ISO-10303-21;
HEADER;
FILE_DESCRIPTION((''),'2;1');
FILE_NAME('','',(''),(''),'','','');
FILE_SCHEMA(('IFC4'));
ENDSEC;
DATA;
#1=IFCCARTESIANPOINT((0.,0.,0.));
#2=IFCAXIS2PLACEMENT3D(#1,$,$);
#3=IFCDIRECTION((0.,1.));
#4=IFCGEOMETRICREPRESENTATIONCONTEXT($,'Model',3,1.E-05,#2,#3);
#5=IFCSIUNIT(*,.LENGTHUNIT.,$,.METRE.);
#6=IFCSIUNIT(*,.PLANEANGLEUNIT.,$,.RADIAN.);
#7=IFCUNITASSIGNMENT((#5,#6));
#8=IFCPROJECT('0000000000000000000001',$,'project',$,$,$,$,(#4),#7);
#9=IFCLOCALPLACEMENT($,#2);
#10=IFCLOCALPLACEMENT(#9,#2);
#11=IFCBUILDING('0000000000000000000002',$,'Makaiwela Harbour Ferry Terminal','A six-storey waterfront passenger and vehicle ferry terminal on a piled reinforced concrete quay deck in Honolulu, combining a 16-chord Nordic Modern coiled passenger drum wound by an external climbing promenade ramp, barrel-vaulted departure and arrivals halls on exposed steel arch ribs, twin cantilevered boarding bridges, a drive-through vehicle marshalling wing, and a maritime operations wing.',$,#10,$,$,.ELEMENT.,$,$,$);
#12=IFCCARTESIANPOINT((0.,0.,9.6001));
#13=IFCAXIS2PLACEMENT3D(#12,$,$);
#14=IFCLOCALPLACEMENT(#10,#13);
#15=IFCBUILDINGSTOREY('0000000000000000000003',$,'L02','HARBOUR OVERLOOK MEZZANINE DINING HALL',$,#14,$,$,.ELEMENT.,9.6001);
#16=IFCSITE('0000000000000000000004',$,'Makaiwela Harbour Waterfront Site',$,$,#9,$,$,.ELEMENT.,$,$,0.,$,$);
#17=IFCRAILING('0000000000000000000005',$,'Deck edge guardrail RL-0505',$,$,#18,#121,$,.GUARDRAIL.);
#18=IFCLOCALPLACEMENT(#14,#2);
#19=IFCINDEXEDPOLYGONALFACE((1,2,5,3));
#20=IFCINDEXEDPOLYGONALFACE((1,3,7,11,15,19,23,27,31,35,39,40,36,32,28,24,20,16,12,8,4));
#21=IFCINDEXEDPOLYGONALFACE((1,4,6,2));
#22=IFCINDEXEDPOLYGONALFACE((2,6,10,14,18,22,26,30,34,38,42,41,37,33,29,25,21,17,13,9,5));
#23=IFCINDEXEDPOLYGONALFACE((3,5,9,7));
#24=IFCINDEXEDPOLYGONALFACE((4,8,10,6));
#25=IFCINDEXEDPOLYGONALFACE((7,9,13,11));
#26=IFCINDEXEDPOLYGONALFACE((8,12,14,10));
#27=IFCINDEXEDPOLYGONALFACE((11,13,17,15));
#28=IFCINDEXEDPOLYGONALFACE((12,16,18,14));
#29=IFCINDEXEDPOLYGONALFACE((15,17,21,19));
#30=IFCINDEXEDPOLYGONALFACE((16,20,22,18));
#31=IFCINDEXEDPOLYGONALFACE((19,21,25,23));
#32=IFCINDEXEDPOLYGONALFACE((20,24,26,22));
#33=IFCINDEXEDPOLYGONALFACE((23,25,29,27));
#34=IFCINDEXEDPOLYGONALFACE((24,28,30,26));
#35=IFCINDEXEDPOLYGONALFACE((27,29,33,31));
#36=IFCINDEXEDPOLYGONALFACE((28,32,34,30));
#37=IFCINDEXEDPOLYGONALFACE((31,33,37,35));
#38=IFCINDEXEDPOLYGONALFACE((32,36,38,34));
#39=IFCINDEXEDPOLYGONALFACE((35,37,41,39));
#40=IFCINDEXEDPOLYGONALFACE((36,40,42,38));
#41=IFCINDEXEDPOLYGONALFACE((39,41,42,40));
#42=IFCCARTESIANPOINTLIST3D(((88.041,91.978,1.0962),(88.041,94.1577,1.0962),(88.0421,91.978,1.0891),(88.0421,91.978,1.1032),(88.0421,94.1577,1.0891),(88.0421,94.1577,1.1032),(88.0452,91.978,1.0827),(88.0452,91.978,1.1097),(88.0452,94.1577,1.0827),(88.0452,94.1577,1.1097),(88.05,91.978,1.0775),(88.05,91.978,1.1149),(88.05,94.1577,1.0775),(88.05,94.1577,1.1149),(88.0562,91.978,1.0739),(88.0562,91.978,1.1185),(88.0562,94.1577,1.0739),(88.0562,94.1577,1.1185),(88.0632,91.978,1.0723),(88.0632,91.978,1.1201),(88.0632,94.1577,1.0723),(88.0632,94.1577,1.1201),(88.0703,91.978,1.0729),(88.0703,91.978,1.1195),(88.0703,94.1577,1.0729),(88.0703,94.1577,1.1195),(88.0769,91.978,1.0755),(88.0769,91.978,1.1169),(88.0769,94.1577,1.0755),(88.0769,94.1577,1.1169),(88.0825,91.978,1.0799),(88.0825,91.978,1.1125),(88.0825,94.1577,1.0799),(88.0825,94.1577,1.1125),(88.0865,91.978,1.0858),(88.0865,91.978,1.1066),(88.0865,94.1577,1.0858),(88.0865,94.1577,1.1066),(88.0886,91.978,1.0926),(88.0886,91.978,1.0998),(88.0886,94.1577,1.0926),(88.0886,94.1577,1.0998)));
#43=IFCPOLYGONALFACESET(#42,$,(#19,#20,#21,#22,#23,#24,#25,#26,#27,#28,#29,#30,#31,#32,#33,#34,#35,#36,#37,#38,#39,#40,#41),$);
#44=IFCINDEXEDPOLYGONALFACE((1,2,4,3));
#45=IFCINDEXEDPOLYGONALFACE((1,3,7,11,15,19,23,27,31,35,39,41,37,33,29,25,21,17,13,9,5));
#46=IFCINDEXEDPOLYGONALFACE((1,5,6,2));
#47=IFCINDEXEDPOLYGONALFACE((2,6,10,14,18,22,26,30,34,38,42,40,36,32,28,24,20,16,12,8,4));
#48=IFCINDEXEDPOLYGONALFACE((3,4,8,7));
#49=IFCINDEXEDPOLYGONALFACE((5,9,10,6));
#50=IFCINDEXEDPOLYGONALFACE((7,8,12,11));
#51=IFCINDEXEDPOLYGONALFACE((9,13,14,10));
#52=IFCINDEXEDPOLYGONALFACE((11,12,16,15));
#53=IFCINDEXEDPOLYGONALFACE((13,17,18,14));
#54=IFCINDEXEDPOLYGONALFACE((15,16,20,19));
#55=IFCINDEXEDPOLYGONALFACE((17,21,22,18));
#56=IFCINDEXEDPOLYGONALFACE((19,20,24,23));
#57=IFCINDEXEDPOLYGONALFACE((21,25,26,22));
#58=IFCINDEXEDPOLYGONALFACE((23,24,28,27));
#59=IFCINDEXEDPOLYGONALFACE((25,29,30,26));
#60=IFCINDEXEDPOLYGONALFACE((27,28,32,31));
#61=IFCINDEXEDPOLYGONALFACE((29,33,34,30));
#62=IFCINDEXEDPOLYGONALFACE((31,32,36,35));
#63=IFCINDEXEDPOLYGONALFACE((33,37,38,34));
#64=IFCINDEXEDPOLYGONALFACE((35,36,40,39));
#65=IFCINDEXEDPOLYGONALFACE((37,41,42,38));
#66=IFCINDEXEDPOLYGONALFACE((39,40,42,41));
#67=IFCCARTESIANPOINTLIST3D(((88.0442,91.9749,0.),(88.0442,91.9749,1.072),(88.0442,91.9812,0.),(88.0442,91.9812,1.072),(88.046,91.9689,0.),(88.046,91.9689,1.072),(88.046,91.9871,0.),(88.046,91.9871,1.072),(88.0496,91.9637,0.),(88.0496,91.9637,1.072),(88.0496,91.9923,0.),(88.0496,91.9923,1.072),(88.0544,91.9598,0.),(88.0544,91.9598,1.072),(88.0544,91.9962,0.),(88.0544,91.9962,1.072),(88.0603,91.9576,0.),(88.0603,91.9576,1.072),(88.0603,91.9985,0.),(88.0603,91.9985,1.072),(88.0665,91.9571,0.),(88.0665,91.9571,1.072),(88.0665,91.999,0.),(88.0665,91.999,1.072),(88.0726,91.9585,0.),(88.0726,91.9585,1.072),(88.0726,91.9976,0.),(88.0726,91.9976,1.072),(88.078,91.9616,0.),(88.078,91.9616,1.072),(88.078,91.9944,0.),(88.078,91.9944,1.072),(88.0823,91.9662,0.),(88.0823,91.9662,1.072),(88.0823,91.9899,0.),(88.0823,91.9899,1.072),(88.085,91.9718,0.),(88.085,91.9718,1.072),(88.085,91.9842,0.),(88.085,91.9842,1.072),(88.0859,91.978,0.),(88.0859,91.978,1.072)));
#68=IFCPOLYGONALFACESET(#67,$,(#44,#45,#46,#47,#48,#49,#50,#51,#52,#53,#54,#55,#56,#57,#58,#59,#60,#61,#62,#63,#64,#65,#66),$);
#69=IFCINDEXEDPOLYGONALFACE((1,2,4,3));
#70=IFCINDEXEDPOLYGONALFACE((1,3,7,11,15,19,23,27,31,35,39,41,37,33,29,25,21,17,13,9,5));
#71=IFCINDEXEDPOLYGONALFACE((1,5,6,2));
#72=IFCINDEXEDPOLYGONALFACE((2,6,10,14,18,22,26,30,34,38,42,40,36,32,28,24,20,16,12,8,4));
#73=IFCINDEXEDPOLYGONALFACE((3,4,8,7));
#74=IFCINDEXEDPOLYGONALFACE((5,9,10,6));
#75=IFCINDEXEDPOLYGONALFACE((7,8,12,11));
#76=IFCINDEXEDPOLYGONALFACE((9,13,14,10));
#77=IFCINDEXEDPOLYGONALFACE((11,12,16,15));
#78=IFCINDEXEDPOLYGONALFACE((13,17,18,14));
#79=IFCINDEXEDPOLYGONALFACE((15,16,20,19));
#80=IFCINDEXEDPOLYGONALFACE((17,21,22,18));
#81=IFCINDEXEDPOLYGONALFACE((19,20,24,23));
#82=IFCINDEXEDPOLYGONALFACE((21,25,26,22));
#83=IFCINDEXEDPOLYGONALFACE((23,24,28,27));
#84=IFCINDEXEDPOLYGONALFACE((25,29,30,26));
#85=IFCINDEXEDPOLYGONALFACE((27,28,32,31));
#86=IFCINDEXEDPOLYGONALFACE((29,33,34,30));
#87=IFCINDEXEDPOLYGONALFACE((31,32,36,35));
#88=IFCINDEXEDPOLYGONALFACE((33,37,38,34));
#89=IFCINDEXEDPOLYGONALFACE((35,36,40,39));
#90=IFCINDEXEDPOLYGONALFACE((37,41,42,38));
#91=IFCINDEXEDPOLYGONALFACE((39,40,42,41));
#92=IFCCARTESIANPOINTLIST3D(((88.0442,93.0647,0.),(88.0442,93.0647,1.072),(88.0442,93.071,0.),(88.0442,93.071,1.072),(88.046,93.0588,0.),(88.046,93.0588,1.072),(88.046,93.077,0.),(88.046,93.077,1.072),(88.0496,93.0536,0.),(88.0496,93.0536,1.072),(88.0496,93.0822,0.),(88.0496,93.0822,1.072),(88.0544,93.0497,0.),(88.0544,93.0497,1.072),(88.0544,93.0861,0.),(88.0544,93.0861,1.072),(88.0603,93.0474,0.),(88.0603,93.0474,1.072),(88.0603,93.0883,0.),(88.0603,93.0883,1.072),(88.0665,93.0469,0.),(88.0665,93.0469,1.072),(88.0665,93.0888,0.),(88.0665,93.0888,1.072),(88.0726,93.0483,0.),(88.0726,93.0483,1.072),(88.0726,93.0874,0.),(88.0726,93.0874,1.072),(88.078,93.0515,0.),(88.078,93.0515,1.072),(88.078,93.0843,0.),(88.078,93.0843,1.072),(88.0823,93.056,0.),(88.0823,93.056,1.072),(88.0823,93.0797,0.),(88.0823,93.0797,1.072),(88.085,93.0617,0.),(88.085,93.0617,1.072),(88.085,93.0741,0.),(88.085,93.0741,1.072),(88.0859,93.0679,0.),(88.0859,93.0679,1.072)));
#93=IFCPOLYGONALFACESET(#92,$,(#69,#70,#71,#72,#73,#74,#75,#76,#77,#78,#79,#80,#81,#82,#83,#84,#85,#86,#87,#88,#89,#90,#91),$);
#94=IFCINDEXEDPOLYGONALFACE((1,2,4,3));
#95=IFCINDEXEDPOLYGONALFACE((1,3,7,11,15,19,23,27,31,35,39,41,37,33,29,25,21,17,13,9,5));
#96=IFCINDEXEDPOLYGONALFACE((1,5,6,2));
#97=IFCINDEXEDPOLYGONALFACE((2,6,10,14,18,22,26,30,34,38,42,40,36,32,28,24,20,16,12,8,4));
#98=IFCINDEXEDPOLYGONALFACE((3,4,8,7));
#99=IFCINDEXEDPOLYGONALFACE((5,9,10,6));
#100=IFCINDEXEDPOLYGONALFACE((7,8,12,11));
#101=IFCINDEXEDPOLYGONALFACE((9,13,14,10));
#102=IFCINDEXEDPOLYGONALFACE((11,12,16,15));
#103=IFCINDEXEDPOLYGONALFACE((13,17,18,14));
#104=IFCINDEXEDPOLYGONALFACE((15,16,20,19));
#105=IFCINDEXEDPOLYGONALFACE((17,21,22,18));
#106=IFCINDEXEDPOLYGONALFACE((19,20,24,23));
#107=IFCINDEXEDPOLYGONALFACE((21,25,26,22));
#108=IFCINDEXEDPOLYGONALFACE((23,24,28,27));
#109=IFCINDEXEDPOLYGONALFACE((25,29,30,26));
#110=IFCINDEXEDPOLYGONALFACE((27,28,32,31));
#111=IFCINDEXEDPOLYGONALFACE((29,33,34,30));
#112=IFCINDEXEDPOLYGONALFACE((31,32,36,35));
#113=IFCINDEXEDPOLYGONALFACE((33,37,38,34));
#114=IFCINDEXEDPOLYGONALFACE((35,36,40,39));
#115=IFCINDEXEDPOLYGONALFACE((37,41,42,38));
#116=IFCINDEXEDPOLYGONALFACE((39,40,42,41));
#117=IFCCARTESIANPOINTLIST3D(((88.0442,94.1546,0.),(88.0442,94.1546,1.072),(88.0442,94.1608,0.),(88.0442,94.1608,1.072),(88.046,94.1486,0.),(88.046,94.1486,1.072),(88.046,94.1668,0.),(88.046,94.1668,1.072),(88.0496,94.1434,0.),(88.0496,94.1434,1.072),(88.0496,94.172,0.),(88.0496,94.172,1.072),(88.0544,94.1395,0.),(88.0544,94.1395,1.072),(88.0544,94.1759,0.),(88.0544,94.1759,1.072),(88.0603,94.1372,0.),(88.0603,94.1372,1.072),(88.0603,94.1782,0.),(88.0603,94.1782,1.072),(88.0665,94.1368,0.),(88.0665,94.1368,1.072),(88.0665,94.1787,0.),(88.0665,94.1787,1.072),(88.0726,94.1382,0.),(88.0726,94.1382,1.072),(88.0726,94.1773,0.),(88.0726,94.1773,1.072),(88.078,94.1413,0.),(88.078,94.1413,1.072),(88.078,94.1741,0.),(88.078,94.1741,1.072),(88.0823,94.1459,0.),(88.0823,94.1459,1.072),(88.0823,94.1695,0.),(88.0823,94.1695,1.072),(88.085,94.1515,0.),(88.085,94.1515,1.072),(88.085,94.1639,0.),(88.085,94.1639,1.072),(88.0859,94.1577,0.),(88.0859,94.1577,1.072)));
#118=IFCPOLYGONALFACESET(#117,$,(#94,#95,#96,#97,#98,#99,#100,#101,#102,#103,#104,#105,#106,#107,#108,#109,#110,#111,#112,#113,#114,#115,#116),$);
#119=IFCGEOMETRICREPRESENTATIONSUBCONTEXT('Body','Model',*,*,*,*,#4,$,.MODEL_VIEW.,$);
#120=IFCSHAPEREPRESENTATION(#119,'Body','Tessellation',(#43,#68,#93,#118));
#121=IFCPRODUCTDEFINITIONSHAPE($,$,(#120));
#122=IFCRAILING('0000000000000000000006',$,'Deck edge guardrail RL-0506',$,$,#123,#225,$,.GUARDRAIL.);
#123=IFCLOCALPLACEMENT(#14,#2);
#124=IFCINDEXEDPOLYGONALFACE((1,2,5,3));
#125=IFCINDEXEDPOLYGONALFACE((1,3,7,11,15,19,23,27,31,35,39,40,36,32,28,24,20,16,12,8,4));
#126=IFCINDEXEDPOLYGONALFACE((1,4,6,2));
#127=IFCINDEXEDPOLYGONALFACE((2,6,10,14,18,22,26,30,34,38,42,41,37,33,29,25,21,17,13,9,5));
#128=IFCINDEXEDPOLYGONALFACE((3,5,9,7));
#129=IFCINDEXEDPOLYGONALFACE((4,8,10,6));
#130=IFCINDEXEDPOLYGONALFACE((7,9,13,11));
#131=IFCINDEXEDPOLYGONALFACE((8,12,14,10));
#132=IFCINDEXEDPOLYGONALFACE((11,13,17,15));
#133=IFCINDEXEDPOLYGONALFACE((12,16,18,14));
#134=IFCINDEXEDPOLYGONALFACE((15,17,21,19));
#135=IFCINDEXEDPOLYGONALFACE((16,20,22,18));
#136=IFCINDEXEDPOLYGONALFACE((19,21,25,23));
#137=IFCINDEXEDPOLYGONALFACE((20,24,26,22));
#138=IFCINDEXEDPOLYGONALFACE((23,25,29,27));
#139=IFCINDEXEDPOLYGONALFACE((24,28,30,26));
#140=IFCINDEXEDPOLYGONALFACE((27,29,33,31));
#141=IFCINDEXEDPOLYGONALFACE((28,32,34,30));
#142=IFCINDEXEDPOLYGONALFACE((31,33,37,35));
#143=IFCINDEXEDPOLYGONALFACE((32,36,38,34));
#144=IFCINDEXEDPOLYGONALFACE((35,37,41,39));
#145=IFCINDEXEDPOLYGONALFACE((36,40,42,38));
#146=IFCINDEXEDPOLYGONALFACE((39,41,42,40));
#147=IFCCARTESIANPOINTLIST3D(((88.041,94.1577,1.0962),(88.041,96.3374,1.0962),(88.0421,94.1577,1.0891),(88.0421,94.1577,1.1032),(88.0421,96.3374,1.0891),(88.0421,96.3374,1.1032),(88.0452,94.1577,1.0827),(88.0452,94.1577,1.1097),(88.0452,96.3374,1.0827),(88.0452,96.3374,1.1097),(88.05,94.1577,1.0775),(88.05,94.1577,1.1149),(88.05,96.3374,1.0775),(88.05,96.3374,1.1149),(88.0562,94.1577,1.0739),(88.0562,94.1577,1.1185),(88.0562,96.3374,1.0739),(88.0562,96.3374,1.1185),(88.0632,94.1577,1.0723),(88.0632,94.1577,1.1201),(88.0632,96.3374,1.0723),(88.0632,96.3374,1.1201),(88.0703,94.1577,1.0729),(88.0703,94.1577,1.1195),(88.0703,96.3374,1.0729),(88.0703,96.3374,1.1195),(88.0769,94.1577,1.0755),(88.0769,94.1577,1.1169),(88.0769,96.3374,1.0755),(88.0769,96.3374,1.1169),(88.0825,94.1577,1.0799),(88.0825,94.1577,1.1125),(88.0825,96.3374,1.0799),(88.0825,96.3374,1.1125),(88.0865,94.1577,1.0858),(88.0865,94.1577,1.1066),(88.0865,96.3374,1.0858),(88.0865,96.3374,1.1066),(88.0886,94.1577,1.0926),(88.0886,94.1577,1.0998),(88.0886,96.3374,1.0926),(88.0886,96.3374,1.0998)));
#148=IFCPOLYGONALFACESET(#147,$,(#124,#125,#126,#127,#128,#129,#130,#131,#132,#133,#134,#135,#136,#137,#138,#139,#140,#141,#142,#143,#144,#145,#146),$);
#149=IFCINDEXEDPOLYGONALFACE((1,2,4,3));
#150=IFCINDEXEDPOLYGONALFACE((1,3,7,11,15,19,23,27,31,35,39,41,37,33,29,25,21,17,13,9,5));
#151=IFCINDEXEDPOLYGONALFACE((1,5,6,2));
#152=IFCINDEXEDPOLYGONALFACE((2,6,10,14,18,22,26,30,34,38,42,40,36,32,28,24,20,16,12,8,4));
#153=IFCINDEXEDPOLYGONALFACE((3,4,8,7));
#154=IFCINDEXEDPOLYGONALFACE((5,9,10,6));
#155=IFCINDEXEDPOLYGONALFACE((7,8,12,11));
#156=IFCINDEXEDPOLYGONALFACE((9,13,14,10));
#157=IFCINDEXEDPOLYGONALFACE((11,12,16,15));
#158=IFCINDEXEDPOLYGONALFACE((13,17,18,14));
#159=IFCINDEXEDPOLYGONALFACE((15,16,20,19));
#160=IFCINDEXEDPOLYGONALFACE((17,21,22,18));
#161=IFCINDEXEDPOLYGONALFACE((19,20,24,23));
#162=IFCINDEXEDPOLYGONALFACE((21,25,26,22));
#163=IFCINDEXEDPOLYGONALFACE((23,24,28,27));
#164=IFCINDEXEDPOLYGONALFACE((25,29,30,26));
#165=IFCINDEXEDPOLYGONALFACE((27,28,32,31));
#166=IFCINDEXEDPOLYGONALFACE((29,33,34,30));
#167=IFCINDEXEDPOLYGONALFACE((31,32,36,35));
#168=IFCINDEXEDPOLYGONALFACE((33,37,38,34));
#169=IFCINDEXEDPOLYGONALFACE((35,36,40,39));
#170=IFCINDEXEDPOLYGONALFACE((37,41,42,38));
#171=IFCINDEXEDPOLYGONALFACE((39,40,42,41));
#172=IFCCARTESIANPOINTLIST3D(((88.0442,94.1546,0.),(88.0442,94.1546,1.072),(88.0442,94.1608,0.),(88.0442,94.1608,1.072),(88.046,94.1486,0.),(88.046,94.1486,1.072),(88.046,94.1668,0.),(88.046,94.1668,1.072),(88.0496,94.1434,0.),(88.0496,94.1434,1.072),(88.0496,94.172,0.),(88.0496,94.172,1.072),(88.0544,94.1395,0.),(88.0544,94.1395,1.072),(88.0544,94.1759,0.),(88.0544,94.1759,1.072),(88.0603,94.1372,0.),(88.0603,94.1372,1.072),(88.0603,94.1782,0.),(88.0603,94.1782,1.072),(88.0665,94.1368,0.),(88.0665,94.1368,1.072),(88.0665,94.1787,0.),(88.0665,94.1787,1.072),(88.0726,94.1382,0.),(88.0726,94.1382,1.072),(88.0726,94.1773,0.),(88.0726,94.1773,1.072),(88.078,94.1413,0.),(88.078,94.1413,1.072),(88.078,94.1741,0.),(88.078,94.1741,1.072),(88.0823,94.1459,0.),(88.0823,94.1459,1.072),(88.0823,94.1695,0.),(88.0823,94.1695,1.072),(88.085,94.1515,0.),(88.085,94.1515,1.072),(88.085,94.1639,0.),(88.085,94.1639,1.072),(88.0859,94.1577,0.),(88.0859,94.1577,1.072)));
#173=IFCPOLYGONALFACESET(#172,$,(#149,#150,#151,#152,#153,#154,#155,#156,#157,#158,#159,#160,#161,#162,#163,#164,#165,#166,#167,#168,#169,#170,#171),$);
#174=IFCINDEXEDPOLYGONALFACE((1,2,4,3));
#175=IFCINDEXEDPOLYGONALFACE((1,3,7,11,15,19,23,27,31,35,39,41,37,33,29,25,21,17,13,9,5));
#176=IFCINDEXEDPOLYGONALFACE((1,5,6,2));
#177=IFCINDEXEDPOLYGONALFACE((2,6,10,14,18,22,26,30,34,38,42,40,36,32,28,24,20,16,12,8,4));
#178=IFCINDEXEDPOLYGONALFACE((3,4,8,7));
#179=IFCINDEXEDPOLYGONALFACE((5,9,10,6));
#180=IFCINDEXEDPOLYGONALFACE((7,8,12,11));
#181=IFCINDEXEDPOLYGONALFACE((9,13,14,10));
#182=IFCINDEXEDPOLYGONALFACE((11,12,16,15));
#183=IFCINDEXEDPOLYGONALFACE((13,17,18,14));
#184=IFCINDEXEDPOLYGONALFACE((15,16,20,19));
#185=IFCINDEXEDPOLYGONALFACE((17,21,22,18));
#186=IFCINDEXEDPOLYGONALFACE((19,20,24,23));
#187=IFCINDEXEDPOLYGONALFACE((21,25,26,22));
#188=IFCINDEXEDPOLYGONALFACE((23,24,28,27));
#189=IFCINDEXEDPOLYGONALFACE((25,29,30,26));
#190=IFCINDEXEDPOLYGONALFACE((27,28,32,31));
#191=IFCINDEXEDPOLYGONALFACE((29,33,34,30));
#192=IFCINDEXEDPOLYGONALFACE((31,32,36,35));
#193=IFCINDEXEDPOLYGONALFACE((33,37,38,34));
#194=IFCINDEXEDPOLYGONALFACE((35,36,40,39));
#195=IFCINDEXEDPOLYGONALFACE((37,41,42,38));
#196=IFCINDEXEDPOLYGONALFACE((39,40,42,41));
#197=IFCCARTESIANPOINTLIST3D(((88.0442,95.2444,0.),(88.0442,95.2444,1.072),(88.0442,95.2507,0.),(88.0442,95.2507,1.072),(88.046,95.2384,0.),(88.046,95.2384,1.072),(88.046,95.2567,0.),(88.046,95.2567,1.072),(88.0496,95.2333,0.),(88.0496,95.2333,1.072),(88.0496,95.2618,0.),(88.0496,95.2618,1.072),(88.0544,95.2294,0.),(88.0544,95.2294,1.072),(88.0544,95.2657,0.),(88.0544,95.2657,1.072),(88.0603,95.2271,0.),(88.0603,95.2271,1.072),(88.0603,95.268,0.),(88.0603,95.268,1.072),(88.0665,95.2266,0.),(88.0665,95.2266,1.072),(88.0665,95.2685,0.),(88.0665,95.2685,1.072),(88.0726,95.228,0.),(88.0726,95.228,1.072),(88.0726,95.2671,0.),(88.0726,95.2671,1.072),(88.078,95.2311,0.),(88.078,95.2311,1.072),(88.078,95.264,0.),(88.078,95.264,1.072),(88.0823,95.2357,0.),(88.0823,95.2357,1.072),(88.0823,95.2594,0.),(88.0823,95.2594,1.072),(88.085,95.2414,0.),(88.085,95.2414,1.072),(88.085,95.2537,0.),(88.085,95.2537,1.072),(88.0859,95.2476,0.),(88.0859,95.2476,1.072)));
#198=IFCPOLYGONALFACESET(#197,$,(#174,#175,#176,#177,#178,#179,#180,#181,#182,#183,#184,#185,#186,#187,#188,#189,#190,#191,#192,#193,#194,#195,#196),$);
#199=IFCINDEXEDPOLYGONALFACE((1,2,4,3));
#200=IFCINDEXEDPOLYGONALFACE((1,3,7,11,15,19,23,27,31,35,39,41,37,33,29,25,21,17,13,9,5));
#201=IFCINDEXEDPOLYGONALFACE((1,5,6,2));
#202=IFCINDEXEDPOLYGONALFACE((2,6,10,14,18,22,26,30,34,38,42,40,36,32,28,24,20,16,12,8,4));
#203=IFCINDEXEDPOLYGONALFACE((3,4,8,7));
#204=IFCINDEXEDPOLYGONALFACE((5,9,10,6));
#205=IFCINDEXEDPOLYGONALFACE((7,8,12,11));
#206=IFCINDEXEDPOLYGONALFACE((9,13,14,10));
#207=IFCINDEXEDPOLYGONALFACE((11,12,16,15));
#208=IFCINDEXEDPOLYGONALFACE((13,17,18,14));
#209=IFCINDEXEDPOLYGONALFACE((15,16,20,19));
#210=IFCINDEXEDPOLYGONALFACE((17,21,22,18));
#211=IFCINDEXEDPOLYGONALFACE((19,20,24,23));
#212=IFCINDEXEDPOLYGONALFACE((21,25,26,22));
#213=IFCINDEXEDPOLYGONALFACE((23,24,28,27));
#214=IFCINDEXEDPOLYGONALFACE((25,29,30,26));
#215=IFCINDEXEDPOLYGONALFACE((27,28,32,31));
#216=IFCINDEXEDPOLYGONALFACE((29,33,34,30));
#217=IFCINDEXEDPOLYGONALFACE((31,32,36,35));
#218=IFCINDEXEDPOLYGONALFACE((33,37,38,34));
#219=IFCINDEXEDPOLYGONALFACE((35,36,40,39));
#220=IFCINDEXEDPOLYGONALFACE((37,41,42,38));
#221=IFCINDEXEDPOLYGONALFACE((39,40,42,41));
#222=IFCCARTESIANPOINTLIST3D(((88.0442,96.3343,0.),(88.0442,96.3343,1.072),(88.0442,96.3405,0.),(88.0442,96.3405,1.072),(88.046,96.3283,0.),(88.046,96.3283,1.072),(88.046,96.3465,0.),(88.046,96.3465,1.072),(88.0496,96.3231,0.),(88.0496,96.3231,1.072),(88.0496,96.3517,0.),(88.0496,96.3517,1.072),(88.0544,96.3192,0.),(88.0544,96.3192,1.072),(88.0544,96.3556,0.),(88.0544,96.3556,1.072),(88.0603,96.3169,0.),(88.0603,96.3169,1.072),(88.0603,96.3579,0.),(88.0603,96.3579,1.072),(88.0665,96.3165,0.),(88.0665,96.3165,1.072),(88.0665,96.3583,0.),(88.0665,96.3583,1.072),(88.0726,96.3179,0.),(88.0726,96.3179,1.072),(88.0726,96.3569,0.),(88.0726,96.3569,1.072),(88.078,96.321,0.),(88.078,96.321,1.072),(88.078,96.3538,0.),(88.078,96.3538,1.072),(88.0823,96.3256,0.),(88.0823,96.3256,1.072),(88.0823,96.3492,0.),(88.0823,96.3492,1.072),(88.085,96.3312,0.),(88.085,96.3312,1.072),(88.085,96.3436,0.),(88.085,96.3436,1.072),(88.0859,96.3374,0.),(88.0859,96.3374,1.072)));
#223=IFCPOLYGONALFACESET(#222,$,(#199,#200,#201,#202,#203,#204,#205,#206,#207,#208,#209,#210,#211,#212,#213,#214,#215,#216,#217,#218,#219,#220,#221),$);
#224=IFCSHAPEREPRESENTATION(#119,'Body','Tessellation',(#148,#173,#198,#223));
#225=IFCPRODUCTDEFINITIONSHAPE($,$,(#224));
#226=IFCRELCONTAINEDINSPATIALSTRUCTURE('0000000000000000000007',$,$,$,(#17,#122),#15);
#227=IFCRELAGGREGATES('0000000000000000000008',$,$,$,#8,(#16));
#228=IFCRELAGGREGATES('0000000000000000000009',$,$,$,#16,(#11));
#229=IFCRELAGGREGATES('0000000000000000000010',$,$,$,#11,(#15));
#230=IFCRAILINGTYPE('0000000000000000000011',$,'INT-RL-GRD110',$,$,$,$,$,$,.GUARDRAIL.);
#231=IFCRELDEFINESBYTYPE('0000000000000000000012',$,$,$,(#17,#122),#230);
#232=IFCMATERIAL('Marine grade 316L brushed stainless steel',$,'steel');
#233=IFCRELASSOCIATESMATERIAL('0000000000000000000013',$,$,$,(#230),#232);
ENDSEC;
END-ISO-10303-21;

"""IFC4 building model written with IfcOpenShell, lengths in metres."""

from ifc_helpers import new_model, si_unit, direction, frame, origin, origin_2d, place, context, subcontext, project, spatial, circle, extrude, material, type_object, element, save


model = new_model("IFC4")

# Units and contexts
model_context = context("Model", 3, precision=1e-05, world=origin(), true_north=direction((0.0, 1.0)))
body_context = subcontext(model_context, "Body", "Model", "MODEL_VIEW")
ifc_project = project(units=[si_unit("LENGTHUNIT", "METRE"), si_unit("PLANEANGLEUNIT", "RADIAN")], contexts=[model_context])

# Site, building, storey
site_placement = place(None, origin())
site = spatial("IfcSite", under=ifc_project, at=site_placement, Name="Makaiwela Harbour Waterfront Site", CompositionType="ELEMENT", RefElevation=0.0)
building_placement = place(site_placement, origin())
building = spatial("IfcBuilding", under=site, at=building_placement, Name="Makaiwela Harbour Ferry Terminal", Description="A six-storey waterfront passenger and vehicle ferry terminal on a piled reinforced concrete quay deck in Honolulu, combining a 16-chord Nordic Modern coiled passenger drum wound by an external climbing promenade ramp, barrel-vaulted departure and arrivals halls on exposed steel arch ribs, twin cantilevered boarding bridges, a drive-through vehicle marshalling wing, and a maritime operations wing.", CompositionType="ELEMENT")
storey_placement = place(building_placement, frame((0.0, 0.0, 9.6001)))
storey = spatial("IfcBuildingStorey", under=building, at=storey_placement, Name="L02", Description="HARBOUR OVERLOOK MEZZANINE DINING HALL", CompositionType="ELEMENT", Elevation=9.6001)

# Railings
ifc_material_1 = material(Name="Marine grade 316L brushed stainless steel", Category="steel")
railing_type = type_object("IfcRailingType", Name="INT-RL-GRD110", PredefinedType="GUARDRAIL", material=ifc_material_1)
for number, where, name in (
    (1, (88.0649, 91.978, 0.0), "Deck edge guardrail RL-0505"),
    (2, (88.0649, 94.1577, 0.0), "Deck edge guardrail RL-0506"),
):
    element("IfcRailing", number, at=place(storey_placement, frame(where)), inside=storey, type_object=railing_type, Name=name, PredefinedType="GUARDRAIL", context=body_context, shape_type="SweptSolid", body=[
        extrude(circle(Radius=0.0239, at=origin_2d()), frame((0.0, 0.0, 1.0962), z_axis=(0.0, 1.0, 0.0), x_axis=(-1.0, 0.0, 0.0)), (0.0, 0.0, 1.0), 2.1797),
        extrude(circle(Radius=0.021, at=origin_2d()), origin(), (0.0, 0.0, 1.0), 1.072),
        extrude(circle(Radius=0.021, at=origin_2d()), frame((0.0, 1.0898, 0.0)), (0.0, 0.0, 1.0), 1.072),
        extrude(circle(Radius=0.021, at=origin_2d()), frame((0.0, 2.1797, 0.0)), (0.0, 0.0, 1.0), 1.072),
    ])

save(model, "model.ifc")
